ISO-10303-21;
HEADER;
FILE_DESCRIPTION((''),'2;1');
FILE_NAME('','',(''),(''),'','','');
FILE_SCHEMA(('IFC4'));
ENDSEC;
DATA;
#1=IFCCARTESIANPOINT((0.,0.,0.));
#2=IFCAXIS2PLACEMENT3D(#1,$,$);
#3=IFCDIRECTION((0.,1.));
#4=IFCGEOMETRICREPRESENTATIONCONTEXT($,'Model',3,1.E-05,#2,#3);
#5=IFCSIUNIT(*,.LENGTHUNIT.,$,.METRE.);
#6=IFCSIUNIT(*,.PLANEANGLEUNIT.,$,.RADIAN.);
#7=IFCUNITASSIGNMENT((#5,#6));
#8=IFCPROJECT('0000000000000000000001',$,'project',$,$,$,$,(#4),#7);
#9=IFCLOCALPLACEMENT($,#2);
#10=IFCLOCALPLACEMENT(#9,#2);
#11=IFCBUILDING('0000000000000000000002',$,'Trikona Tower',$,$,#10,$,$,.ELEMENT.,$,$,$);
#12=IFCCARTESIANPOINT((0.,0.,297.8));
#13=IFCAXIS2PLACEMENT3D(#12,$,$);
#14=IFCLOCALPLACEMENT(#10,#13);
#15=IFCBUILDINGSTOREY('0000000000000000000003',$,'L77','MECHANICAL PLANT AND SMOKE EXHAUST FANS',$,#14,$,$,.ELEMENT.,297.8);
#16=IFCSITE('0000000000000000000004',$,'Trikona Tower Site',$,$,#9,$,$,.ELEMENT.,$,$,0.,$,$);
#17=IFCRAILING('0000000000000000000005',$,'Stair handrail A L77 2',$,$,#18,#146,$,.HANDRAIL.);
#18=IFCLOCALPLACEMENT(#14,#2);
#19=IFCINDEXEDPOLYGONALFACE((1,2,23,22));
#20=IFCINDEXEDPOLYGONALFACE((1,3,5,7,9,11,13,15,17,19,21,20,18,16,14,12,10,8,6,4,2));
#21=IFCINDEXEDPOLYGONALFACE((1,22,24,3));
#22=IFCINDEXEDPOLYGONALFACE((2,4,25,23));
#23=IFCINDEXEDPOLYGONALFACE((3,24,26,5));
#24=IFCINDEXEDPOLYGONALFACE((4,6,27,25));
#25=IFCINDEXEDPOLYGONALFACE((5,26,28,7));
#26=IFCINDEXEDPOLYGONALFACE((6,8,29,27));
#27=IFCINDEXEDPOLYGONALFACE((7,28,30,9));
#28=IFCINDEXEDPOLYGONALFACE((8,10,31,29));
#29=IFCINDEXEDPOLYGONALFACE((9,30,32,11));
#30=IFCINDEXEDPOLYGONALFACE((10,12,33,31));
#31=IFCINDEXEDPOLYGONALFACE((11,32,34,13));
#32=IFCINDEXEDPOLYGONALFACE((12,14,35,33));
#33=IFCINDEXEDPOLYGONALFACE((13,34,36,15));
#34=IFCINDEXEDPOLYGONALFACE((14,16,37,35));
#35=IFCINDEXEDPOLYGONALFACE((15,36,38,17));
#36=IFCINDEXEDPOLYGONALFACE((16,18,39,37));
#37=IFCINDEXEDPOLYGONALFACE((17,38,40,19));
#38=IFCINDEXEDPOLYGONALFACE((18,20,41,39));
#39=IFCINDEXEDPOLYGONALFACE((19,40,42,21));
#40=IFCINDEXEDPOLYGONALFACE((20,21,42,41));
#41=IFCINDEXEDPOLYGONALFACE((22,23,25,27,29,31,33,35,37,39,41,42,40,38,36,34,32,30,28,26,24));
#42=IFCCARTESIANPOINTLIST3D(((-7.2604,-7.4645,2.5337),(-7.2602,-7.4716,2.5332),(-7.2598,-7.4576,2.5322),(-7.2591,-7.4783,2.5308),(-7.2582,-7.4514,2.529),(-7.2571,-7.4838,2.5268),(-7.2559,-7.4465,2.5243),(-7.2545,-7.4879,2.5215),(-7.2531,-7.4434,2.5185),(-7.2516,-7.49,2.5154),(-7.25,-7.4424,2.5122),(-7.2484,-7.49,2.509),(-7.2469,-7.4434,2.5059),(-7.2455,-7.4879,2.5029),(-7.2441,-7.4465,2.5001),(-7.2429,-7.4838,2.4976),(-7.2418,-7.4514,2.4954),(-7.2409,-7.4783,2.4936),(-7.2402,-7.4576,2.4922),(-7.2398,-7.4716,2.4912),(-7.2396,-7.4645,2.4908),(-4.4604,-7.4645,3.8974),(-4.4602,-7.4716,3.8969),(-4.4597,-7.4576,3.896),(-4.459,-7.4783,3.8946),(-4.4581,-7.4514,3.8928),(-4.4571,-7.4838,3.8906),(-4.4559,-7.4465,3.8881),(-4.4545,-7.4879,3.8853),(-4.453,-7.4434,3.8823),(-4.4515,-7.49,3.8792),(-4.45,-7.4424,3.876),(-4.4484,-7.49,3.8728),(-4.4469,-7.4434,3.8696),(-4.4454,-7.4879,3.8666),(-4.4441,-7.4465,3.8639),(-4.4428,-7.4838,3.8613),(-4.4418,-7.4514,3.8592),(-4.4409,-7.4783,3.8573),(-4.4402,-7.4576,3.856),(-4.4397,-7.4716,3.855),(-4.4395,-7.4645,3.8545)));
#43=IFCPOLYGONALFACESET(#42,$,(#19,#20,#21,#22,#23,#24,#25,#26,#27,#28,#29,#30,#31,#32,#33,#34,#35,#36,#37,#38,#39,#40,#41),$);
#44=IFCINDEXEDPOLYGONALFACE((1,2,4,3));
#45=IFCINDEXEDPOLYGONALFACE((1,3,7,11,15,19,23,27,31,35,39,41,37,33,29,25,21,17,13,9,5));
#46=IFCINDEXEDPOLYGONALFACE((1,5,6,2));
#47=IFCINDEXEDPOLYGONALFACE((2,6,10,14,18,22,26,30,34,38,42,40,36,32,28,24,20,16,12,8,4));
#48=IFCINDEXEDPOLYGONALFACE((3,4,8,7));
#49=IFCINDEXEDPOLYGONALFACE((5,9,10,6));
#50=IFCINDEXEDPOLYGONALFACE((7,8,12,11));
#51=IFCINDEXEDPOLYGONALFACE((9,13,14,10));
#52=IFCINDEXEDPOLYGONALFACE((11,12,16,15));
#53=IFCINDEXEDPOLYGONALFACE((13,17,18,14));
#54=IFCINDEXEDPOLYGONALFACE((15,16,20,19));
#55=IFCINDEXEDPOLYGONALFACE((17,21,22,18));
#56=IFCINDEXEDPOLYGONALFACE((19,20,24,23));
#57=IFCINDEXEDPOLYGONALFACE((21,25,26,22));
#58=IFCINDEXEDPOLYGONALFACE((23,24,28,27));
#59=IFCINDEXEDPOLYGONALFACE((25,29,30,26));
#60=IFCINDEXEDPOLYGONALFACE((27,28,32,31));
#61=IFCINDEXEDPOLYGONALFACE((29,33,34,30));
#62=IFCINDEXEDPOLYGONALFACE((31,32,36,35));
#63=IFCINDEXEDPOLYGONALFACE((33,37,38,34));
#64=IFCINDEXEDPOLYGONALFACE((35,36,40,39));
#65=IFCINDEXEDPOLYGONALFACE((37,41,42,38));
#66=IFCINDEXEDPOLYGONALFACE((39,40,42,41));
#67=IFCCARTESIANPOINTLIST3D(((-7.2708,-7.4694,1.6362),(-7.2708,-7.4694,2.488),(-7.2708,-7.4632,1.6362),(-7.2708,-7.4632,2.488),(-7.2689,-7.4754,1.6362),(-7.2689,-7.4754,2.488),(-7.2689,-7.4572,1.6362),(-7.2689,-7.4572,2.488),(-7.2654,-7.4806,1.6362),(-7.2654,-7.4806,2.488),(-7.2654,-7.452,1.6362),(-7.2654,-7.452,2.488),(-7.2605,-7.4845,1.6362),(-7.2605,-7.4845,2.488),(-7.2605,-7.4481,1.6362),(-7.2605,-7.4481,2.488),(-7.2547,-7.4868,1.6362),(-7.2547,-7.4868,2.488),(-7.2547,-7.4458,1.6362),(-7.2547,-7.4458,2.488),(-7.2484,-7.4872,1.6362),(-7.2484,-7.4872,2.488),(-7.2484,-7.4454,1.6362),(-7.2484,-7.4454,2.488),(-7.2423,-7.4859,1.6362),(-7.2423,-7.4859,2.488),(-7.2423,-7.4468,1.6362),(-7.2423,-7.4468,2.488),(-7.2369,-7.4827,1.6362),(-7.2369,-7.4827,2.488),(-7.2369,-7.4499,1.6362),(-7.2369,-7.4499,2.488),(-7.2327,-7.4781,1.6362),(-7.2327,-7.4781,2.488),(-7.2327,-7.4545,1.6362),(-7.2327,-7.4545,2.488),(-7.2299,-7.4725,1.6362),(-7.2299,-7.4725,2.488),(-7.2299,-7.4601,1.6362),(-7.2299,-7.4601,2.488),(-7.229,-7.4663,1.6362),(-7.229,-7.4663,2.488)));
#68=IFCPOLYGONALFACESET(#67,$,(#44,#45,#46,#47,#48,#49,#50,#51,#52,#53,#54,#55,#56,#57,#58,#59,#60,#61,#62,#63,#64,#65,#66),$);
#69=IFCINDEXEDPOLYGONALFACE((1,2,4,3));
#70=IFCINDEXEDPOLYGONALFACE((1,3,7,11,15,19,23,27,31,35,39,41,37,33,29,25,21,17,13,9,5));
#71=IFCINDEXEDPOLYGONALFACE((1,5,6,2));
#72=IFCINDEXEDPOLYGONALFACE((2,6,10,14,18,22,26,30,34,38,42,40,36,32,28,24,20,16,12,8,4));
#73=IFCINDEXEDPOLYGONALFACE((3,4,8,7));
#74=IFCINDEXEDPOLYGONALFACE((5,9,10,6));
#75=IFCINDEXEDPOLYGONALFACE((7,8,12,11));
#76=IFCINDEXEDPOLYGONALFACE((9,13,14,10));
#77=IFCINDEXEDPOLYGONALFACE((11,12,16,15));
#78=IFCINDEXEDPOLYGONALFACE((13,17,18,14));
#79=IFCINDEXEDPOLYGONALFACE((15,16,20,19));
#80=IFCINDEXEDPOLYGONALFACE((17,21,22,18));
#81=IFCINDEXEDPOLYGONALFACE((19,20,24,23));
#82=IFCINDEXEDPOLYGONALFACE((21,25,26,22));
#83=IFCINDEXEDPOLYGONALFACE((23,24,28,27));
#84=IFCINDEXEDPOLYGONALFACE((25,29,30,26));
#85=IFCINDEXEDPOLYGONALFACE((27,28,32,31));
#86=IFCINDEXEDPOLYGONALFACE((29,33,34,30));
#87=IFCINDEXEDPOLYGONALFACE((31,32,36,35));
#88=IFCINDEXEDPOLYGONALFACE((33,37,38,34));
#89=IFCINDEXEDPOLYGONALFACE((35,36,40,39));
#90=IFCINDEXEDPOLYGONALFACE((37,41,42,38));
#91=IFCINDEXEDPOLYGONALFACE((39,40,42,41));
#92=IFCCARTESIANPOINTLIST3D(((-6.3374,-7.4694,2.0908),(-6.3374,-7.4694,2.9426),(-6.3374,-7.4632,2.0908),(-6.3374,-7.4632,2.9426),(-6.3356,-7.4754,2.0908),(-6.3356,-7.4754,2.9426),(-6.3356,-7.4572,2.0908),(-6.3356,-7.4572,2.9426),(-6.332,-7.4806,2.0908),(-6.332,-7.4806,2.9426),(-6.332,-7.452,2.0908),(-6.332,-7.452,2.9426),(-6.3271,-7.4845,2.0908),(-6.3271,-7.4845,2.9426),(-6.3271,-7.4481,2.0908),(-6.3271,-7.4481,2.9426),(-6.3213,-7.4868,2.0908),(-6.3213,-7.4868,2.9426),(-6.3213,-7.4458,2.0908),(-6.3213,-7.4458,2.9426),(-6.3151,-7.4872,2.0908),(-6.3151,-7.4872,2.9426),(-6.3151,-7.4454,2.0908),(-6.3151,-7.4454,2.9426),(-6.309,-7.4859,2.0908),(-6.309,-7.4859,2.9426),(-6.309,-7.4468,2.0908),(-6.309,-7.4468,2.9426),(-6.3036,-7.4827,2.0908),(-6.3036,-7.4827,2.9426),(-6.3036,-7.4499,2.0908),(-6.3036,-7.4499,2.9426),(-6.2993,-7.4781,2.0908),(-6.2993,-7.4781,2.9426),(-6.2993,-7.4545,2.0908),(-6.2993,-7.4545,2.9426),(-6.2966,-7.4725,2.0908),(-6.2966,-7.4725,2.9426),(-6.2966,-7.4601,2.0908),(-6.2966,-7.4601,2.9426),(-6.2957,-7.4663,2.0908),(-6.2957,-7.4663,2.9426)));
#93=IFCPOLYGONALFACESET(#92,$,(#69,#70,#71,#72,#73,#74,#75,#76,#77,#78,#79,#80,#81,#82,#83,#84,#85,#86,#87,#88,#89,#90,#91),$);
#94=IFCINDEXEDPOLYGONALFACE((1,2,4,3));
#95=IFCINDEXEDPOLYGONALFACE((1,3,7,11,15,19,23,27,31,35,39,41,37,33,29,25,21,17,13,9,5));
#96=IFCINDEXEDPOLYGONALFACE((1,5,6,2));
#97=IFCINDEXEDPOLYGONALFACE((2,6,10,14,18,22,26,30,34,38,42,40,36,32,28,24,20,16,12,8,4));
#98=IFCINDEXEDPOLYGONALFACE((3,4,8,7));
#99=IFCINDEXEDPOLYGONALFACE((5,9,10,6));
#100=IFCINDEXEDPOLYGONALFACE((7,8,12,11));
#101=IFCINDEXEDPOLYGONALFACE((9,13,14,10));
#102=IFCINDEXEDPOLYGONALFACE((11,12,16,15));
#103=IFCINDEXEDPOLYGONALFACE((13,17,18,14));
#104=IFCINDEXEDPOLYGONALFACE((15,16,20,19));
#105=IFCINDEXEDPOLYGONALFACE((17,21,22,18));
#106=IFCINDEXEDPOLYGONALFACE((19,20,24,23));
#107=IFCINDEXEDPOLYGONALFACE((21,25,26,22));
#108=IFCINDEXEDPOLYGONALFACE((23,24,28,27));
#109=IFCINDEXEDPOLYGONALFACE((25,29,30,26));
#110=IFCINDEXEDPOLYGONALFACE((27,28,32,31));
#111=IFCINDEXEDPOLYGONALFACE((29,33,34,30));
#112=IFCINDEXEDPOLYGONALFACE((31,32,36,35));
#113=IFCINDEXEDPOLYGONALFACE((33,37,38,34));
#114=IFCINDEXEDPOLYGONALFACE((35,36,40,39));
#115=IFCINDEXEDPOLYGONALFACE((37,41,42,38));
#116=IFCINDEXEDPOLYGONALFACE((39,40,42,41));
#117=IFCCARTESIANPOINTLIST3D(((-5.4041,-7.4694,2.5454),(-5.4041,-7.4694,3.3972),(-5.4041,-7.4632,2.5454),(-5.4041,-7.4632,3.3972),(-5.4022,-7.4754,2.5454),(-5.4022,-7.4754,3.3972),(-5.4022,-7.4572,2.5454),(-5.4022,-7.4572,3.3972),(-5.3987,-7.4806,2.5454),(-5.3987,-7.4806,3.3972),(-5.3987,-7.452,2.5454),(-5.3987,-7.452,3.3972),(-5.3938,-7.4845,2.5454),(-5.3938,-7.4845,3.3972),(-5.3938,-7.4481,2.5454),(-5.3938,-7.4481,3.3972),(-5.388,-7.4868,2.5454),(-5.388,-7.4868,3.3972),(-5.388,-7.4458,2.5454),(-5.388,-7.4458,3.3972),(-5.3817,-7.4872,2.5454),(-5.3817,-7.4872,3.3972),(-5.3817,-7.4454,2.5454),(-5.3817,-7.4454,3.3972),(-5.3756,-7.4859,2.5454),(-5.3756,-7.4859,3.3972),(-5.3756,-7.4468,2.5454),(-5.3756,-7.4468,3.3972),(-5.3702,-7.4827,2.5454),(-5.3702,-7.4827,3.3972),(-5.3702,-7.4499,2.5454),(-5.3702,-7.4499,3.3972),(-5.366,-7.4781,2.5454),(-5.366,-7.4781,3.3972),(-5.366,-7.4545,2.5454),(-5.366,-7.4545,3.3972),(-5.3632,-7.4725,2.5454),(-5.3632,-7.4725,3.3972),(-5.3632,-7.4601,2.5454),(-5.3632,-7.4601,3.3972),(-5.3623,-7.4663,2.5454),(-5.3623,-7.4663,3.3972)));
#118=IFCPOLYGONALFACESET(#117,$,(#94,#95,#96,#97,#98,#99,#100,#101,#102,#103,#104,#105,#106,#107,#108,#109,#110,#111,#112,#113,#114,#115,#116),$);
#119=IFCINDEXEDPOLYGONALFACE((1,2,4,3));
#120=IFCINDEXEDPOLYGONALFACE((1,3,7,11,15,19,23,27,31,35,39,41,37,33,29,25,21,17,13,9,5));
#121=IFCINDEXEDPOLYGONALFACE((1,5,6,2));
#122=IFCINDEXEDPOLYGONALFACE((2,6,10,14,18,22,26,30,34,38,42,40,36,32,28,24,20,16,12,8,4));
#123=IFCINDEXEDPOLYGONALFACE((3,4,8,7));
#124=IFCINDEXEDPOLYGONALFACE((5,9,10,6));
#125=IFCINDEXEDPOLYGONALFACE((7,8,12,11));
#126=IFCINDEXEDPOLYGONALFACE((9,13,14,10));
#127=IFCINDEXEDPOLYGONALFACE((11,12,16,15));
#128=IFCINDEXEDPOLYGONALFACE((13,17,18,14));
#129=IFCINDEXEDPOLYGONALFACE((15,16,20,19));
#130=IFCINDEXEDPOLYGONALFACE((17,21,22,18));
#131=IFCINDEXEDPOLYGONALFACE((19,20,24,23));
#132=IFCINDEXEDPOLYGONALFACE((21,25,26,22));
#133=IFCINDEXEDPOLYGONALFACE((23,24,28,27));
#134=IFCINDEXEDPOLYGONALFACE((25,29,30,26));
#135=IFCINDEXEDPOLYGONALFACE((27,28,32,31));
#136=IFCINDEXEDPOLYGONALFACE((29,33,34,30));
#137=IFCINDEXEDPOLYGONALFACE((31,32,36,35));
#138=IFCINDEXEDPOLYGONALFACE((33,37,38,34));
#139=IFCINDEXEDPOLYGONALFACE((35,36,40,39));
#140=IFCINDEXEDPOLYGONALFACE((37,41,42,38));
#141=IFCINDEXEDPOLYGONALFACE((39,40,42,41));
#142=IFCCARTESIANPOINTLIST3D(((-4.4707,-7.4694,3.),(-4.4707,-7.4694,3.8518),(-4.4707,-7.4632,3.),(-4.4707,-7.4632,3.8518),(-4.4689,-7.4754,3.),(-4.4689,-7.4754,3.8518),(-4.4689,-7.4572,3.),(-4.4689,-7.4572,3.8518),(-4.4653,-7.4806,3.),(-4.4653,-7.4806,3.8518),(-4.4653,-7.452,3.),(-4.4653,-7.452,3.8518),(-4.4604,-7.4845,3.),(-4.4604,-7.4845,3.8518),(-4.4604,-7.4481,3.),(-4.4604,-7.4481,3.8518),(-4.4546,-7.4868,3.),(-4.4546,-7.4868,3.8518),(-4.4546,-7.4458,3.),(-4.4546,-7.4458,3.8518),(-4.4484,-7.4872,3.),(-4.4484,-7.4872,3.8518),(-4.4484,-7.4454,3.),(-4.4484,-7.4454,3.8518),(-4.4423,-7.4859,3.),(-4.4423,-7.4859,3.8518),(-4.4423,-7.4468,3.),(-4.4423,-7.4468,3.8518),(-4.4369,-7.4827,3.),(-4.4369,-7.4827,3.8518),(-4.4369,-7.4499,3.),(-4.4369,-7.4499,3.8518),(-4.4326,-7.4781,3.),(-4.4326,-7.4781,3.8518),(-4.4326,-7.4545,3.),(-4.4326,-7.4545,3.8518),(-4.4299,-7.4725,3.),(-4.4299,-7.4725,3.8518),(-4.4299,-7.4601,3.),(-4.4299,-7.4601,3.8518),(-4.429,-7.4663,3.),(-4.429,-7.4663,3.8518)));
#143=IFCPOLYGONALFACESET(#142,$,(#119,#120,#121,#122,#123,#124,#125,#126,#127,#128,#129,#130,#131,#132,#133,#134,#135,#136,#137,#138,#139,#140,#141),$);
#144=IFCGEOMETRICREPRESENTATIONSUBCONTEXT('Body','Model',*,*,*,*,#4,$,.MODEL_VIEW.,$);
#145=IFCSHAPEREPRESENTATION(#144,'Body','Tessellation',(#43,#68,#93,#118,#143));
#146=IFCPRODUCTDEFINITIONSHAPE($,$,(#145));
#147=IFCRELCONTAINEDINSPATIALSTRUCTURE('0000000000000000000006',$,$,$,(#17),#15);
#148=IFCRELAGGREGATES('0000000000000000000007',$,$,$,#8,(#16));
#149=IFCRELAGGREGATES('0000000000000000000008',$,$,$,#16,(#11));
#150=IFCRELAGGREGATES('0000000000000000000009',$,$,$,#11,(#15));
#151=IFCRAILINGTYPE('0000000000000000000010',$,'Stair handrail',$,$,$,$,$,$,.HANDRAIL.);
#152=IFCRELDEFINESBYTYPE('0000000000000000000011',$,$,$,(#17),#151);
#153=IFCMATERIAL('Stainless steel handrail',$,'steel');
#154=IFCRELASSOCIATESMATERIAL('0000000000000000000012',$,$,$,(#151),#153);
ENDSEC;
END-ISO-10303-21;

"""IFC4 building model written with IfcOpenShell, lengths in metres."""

from ifc_helpers import new_model, si_unit, direction, frame, origin, origin_2d, place, context, subcontext, project, spatial, circle, extrude, material, type_object, element, save


model = new_model("IFC4")

# Units and contexts
model_context = context("Model", 3, precision=1e-05, world=origin(), true_north=direction((0.0, 1.0)))
body_context = subcontext(model_context, "Body", "Model", "MODEL_VIEW")
ifc_project = project(units=[si_unit("LENGTHUNIT", "METRE"), si_unit("PLANEANGLEUNIT", "RADIAN")], contexts=[model_context])

# Site, building, storey
site_placement = place(None, origin())
site = spatial("IfcSite", under=ifc_project, at=site_placement, Name="Trikona Tower Site", CompositionType="ELEMENT", RefElevation=0.0)
building_placement = place(site_placement, origin())
building = spatial("IfcBuilding", under=site, at=building_placement, Name="Trikona Tower", CompositionType="ELEMENT")
storey_placement = place(building_placement, frame((0.0, 0.0, 297.8)))
storey = spatial("IfcBuildingStorey", under=building, at=storey_placement, Name="L77", Description="MECHANICAL PLANT AND SMOKE EXHAUST FANS", CompositionType="ELEMENT", Elevation=297.8)

# Railing
ifc_material_1 = material(Name="Stainless steel handrail", Category="steel")
railing_type = type_object("IfcRailingType", Name="Stair handrail", PredefinedType="HANDRAIL", material=ifc_material_1)
railing_placement = place(storey_placement, frame((-7.25, -7.4663, 1.6362)))
element("IfcRailing", 1, at=railing_placement, inside=storey, type_object=railing_type, Name="Stair handrail A L77 2", PredefinedType="HANDRAIL", context=body_context, shape_type="SweptSolid", body=[
    extrude(circle(Radius=0.0239, at=origin_2d()), frame((0.0, 0.0, 0.876), z_axis=(0.899035, 0.0, 0.437877), x_axis=(0.0, 1.0, 0.0)), (0.0, 0.0, 1.0), 3.1145),
    extrude(circle(Radius=0.021, at=origin_2d()), origin(), (0.0, 0.0, 1.0), 0.8518),
    extrude(circle(Radius=0.021, at=origin_2d()), frame((0.9333, 0.0, 0.4546)), (0.0, 0.0, 1.0), 0.8518),
    extrude(circle(Radius=0.021, at=origin_2d()), frame((1.8667, 0.0, 0.9092)), (0.0, 0.0, 1.0), 0.8518),
    extrude(circle(Radius=0.021, at=origin_2d()), frame((2.8, 0.0, 1.3638)), (0.0, 0.0, 1.0), 0.8518),
])

save(model, "model.ifc")
